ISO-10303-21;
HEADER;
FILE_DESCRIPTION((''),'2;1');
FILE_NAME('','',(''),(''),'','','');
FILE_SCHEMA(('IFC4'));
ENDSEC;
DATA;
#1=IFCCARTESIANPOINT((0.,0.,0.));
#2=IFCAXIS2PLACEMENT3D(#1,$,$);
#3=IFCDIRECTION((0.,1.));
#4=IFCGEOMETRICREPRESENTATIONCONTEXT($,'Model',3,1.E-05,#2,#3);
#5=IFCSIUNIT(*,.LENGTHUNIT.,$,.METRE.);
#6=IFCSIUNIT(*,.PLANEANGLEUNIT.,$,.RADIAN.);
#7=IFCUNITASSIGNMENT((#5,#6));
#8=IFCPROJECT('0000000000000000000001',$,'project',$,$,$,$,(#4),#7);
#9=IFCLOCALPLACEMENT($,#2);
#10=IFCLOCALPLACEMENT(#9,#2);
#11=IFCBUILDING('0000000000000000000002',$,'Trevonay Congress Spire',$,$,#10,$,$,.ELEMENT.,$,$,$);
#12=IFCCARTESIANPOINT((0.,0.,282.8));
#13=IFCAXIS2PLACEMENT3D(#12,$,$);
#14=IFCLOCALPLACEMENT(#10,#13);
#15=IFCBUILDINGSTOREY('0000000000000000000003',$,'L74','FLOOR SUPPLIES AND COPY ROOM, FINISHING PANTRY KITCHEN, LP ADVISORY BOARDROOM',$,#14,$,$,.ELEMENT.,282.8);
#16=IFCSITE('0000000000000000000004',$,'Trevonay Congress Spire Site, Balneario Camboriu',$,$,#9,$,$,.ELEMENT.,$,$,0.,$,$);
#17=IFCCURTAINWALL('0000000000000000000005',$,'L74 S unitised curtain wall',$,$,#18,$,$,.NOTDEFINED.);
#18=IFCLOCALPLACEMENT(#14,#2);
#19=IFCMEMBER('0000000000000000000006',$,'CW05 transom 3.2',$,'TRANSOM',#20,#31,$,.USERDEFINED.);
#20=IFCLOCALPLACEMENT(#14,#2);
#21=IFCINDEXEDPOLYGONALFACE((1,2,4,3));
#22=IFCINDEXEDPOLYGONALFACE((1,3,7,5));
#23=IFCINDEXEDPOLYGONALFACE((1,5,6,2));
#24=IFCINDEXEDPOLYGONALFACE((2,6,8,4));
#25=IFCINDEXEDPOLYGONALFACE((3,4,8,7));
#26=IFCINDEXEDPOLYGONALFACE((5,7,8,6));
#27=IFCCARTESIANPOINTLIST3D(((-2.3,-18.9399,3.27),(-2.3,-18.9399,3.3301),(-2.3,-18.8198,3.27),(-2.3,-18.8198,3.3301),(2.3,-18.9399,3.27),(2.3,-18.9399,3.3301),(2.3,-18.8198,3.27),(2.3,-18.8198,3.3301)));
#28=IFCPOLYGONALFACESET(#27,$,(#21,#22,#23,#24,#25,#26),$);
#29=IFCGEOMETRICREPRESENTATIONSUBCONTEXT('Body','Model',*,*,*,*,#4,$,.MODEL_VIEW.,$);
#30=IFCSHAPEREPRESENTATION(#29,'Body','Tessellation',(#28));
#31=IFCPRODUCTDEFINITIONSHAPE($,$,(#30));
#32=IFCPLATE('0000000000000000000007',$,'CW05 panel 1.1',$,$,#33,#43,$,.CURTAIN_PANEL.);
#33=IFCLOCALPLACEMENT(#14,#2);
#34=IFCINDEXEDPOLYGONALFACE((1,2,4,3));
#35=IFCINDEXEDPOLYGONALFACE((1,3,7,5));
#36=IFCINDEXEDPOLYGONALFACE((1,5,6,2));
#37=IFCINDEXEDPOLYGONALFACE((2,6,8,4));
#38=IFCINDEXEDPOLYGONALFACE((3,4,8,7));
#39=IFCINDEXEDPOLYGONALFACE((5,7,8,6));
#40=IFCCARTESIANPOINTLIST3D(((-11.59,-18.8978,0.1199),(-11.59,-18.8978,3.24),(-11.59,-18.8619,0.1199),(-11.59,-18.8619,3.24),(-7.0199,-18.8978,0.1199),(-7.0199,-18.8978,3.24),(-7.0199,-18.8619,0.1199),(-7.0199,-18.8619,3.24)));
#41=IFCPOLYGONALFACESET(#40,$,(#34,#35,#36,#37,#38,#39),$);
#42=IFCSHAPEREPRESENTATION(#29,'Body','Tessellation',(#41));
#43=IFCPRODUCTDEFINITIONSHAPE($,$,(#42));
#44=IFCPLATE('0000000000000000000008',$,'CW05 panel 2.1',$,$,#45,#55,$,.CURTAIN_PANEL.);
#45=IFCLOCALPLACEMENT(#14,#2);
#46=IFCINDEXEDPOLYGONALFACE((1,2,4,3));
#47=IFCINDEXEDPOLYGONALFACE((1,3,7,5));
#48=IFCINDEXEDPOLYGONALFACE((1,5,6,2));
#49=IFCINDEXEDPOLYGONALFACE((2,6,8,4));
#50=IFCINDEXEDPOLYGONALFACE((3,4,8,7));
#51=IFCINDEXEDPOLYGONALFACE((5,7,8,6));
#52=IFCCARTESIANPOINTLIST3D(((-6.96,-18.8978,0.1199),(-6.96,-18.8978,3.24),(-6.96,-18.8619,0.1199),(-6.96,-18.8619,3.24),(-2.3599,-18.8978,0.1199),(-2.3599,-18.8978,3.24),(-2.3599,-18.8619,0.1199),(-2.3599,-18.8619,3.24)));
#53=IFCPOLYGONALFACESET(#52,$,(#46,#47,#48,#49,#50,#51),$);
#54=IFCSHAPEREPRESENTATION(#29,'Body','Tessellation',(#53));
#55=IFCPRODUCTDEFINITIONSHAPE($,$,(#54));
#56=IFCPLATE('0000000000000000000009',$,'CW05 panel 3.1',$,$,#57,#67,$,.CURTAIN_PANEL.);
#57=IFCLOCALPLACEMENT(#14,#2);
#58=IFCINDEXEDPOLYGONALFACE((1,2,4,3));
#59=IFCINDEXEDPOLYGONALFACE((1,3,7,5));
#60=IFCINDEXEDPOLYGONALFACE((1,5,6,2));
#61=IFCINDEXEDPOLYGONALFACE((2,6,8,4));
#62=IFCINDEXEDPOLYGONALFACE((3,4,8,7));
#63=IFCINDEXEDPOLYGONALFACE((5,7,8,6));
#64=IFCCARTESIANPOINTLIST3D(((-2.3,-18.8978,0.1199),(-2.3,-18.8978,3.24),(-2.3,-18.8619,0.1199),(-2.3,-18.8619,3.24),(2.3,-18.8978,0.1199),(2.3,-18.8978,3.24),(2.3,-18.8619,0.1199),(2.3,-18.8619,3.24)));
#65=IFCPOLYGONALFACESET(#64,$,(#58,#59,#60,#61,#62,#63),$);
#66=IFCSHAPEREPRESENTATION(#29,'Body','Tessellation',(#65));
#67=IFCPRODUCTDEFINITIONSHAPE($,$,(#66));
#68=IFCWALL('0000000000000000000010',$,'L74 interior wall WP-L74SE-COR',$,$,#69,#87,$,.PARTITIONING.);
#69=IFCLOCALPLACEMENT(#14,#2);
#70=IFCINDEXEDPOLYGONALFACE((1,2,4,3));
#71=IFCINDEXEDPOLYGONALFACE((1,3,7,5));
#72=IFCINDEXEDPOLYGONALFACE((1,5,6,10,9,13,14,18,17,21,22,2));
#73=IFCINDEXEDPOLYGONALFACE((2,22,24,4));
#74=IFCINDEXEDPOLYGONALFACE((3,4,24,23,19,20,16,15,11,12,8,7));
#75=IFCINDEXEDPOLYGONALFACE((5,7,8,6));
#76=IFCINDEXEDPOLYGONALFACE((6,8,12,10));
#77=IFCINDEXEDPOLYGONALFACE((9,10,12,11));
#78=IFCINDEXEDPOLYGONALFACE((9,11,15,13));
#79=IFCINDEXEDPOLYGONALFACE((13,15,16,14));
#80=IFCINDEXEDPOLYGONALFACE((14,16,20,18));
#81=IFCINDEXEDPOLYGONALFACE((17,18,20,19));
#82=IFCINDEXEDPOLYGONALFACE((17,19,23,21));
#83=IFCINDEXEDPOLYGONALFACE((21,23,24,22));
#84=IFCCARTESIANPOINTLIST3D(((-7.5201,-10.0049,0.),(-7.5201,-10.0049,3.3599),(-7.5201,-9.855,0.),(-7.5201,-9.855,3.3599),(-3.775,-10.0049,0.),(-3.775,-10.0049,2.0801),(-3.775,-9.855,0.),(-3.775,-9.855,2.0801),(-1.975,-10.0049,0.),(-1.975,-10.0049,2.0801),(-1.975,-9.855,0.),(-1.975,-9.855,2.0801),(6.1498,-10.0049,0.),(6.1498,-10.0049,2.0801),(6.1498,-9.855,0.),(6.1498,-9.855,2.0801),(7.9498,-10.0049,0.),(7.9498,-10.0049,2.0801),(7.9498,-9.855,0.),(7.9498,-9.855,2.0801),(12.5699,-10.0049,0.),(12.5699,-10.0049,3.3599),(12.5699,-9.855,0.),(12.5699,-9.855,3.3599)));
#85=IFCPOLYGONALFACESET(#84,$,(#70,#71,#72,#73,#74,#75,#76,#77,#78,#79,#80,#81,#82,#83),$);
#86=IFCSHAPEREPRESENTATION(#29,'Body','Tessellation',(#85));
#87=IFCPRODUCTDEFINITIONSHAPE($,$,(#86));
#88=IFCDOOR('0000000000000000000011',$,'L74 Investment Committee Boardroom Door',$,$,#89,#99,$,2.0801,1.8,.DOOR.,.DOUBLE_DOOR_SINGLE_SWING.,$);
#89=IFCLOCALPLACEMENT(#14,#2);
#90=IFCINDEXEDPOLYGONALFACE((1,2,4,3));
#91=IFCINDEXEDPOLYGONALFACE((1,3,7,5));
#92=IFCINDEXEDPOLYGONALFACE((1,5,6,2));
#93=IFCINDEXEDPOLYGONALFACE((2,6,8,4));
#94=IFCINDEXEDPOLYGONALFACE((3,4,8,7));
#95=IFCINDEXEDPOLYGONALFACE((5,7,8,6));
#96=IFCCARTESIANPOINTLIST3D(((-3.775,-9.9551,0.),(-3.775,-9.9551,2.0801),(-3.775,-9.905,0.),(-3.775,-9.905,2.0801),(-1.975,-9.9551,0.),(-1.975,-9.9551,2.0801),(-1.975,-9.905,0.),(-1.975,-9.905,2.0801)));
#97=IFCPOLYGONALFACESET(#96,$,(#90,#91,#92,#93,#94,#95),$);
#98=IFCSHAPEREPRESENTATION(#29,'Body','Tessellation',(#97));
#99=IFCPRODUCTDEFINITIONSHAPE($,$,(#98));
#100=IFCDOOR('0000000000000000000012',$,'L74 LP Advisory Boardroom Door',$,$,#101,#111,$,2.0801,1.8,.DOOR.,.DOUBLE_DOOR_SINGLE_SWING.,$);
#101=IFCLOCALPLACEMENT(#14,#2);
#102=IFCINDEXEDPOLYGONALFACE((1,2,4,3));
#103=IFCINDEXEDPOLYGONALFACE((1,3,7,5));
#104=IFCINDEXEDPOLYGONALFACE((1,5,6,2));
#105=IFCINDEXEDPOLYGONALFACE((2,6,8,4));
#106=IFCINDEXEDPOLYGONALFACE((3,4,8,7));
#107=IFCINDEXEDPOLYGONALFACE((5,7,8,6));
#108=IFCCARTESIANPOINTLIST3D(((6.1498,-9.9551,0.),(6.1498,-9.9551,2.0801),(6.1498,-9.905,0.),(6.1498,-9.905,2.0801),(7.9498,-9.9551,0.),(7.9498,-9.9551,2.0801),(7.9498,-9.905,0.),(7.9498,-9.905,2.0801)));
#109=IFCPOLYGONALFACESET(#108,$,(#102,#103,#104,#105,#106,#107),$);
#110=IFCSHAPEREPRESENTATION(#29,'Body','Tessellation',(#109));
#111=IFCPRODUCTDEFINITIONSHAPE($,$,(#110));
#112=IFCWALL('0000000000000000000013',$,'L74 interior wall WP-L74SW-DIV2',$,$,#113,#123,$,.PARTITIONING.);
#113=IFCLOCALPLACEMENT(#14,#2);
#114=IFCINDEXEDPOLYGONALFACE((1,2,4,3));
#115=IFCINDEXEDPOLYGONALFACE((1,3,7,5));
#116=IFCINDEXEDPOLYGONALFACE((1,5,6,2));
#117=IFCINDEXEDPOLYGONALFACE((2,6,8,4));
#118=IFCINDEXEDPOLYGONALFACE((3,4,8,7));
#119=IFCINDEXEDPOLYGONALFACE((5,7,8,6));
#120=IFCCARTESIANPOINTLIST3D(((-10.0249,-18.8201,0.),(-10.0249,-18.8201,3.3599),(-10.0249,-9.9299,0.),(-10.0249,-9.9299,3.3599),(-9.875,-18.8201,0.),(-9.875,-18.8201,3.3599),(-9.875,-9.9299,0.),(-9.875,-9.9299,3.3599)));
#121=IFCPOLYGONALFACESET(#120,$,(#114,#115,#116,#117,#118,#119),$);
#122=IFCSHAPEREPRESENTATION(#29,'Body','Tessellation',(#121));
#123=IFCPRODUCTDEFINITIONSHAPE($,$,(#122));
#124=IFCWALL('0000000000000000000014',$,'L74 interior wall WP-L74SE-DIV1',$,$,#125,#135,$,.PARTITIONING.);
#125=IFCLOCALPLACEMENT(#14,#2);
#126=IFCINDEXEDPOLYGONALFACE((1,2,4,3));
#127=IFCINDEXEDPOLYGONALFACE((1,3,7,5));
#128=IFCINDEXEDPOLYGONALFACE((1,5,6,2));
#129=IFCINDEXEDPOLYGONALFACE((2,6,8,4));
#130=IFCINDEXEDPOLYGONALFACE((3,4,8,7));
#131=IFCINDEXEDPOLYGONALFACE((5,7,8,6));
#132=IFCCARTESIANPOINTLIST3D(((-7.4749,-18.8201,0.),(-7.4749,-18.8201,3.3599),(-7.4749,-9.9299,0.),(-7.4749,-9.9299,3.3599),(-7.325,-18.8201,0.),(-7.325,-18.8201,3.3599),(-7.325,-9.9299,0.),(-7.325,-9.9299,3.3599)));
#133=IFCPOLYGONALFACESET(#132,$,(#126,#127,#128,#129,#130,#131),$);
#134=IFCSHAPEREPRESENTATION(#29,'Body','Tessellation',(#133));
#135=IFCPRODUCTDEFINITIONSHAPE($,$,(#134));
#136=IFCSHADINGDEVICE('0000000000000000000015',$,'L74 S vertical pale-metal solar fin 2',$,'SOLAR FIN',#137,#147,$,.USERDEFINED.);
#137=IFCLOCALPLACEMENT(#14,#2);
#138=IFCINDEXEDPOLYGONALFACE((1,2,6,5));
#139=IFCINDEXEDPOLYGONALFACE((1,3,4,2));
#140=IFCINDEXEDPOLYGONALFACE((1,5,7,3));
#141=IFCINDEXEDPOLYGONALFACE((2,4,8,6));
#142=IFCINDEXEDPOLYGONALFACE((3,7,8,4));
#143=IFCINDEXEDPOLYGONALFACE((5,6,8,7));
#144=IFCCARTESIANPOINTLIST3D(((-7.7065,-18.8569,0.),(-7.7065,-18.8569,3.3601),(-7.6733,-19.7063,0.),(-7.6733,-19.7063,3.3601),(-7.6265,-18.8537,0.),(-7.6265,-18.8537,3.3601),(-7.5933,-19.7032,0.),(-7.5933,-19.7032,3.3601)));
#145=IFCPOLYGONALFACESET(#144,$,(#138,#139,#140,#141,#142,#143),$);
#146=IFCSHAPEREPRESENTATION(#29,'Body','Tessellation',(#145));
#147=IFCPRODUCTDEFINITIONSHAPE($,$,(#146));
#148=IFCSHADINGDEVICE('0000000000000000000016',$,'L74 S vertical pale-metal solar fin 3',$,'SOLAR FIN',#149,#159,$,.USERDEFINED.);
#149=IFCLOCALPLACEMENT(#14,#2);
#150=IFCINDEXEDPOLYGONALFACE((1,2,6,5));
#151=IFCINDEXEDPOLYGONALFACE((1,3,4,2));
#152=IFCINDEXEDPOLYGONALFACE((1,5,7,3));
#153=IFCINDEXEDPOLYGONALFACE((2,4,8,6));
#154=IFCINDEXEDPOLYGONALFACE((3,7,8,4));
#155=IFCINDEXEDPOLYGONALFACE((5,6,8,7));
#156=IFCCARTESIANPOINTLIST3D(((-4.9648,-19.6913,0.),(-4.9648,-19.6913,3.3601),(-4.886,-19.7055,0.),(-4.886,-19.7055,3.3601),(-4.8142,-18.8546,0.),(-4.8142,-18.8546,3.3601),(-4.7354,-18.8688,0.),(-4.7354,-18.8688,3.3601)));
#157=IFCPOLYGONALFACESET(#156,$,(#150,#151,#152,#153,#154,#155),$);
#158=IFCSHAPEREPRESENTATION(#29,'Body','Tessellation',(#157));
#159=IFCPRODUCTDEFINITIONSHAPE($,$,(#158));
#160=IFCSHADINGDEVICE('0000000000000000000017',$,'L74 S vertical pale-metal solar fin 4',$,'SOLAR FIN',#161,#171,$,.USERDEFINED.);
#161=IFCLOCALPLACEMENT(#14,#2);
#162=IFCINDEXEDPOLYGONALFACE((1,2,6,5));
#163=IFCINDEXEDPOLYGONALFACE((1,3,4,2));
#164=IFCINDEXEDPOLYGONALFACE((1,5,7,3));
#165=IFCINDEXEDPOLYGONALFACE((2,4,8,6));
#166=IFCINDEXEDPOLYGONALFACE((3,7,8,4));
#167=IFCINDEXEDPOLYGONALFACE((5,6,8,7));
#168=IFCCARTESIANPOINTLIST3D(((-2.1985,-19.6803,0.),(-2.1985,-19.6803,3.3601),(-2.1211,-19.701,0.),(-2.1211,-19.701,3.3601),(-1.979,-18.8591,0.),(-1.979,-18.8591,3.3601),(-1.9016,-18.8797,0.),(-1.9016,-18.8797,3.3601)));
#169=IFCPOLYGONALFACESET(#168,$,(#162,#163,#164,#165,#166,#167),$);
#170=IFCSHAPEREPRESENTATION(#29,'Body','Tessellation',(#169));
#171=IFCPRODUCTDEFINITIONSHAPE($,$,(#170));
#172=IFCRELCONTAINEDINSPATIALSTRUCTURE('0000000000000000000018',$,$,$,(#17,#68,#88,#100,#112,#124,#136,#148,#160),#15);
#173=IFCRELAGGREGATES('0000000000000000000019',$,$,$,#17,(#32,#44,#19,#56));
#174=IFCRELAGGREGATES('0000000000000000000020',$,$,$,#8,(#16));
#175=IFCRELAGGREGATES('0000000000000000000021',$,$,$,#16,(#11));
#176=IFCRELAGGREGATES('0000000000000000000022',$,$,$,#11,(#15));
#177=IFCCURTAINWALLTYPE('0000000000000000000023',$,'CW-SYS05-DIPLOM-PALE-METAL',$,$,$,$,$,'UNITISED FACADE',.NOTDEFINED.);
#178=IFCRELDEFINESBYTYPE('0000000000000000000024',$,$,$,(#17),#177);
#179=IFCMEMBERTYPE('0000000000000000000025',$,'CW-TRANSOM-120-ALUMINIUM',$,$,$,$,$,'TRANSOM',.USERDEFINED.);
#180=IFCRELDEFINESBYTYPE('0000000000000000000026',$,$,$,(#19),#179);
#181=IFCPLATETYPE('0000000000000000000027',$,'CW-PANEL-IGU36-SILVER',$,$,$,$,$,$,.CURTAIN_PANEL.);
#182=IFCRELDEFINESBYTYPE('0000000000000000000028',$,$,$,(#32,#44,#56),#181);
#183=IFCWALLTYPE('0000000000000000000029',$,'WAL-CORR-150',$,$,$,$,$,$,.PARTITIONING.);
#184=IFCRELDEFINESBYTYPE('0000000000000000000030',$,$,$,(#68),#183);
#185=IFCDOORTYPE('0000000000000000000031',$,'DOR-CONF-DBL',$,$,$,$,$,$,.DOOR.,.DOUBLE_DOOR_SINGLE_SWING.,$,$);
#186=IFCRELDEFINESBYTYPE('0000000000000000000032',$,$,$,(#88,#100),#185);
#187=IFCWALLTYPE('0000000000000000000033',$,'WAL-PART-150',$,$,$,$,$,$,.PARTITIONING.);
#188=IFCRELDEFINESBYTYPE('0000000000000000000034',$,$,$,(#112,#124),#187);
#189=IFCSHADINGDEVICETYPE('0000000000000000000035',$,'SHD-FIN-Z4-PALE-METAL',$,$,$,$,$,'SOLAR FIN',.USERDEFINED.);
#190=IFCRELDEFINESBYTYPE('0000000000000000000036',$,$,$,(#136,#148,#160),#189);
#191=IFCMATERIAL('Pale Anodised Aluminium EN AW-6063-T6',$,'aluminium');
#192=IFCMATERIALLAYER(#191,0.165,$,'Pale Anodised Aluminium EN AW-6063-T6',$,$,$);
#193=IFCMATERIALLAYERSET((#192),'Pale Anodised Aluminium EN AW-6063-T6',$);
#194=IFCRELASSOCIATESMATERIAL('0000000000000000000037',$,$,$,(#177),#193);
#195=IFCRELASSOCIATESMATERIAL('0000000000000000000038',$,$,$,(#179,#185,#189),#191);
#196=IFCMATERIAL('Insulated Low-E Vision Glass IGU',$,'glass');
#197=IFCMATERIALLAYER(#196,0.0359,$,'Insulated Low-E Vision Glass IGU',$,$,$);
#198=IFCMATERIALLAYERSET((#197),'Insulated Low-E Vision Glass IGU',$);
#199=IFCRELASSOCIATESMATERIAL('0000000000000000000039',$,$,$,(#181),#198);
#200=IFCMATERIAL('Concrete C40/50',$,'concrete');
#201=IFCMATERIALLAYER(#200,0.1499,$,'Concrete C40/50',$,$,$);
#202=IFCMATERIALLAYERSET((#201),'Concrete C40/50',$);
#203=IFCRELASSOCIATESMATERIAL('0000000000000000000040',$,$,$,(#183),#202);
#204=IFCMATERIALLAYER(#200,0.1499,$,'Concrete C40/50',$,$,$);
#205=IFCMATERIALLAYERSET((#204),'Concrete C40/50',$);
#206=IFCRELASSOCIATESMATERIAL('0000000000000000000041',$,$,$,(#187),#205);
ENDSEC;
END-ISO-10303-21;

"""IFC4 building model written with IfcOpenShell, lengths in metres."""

from ifc_helpers import new_model, si_unit, direction, frame, frame_2d, origin, origin_2d, place, context, subcontext, project, spatial, rectangle, extrude, material, layer, layer_set, material_profile, profile_set, type_object, element, fill, aggregate, save


model = new_model("IFC4")

# Units and contexts
model_context = context("Model", 3, precision=1e-05, world=origin(), true_north=direction((0.0, 1.0)))
body_context = subcontext(model_context, "Body", "Model", "MODEL_VIEW")
ifc_project = project(units=[si_unit("LENGTHUNIT", "METRE"), si_unit("PLANEANGLEUNIT", "RADIAN")], contexts=[model_context])

# Site, building, storey
site_placement = place(None, origin())
site = spatial("IfcSite", under=ifc_project, at=site_placement, Name="Trevonay Congress Spire Site, Balneario Camboriu", CompositionType="ELEMENT", RefElevation=0.0)
building_placement = place(site_placement, origin())
building = spatial("IfcBuilding", under=site, at=building_placement, Name="Trevonay Congress Spire", CompositionType="ELEMENT")
storey_placement = place(building_placement, frame((0.0, 0.0, 282.8)))
storey = spatial("IfcBuildingStorey", under=building, at=storey_placement, Name="L74", Description="FLOOR SUPPLIES AND COPY ROOM, FINISHING PANTRY KITCHEN, LP ADVISORY BOARDROOM", CompositionType="ELEMENT", Elevation=282.8)

# Curtain wall, member, plates
ifc_material_1 = material(Name="Pale Anodised Aluminium EN AW-6063-T6", Category="aluminium")
ifc_layer_1 = layer(ifc_material_1, 0.165, Name="Pale Anodised Aluminium EN AW-6063-T6")
ifc_layer_set_1 = layer_set([ifc_layer_1], Name="Pale Anodised Aluminium EN AW-6063-T6")
curtain_wall_type = type_object("IfcCurtainWallType", Name="CW-SYS05-DIPLOM-PALE-METAL", ElementType="UNITISED FACADE", PredefinedType="NOTDEFINED", material=ifc_layer_set_1)
curtain_wall_placement = place(storey_placement, origin())
curtain_wall = element("IfcCurtainWall", 1, at=curtain_wall_placement, inside=storey, type_object=curtain_wall_type, Name="L74 S unitised curtain wall", PredefinedType="NOTDEFINED")
ifc_material_profile_1 = material_profile(ifc_material_1, rectangle(XDim=0.1201, YDim=0.0601, at=origin_2d()), Name="CW-TRANSOM-120-ALUMINIUM")
ifc_profile_set_1 = profile_set([ifc_material_profile_1], Name="Pale Anodised Aluminium EN AW-6063-T6")
member_type_1 = type_object("IfcMemberType", Name="CW-TRANSOM-120-ALUMINIUM", ElementType="TRANSOM", PredefinedType="USERDEFINED", material=ifc_profile_set_1)
member_1_placement = place(storey_placement, frame((-2.3, -18.8799, 3.3), z_axis=(1.0, 0.0, 0.0), x_axis=(0.0, 1.0, 0.0)))
member_1 = element("IfcMember", 2, at=member_1_placement, type_object=member_type_1, Name="CW05 transom 3.2", ObjectType="TRANSOM", PredefinedType="USERDEFINED", context=body_context, shape_type="SweptSolid", body=[
    extrude(rectangle(XDim=0.1201, YDim=0.0601, at=origin_2d()), origin(), (0.0, 0.0, 1.0), 4.6001),
])
ifc_material_2 = material(Name="Insulated Low-E Vision Glass IGU", Category="glass")
ifc_layer_2 = layer(ifc_material_2, 0.0359, Name="Insulated Low-E Vision Glass IGU")
ifc_layer_set_2 = layer_set([ifc_layer_2], Name="Insulated Low-E Vision Glass IGU")
plate_type = type_object("IfcPlateType", Name="CW-PANEL-IGU36-SILVER", PredefinedType="CURTAIN_PANEL", material=ifc_layer_set_2)
plate_1_placement = place(storey_placement, frame((-9.3049, -18.8799, 0.1199), z_axis=(0.0, 0.0, 1.0), x_axis=(1.0, 0.0, 0.0)))
plate_1 = element("IfcPlate", 3, at=plate_1_placement, type_object=plate_type, Name="CW05 panel 1.1", PredefinedType="CURTAIN_PANEL", context=body_context, shape_type="SweptSolid", body=[
    extrude(rectangle(XDim=4.5701, YDim=0.0359, at=origin_2d()), origin(), (0.0, 0.0, 1.0), 3.1201),
])
plate_2_placement = place(storey_placement, frame((-4.6599, -18.8799, 0.1199), z_axis=(0.0, 0.0, 1.0), x_axis=(1.0, 0.0, 0.0)))
plate_2 = element("IfcPlate", 4, at=plate_2_placement, type_object=plate_type, Name="CW05 panel 2.1", PredefinedType="CURTAIN_PANEL", context=body_context, shape_type="SweptSolid", body=[
    extrude(rectangle(XDim=4.6001, YDim=0.0359, at=origin_2d()), origin(), (0.0, 0.0, 1.0), 3.1201),
])
plate_3_placement = place(storey_placement, frame((0.0, -18.8799, 0.1199), z_axis=(0.0, 0.0, 1.0), x_axis=(1.0, 0.0, 0.0)))
plate_3 = element("IfcPlate", 5, at=plate_3_placement, type_object=plate_type, Name="CW05 panel 3.1", PredefinedType="CURTAIN_PANEL", context=body_context, shape_type="SweptSolid", body=[
    extrude(rectangle(XDim=4.6001, YDim=0.0359, at=origin_2d()), origin(), (0.0, 0.0, 1.0), 3.1201),
])
aggregate(curtain_wall, [plate_1, plate_2, member_1, plate_3])

# Wall, openings, doors
ifc_material_3 = material(Name="Concrete C40/50", Category="concrete")
ifc_layer_3 = layer(ifc_material_3, 0.1499, Name="Concrete C40/50")
ifc_layer_set_3 = layer_set([ifc_layer_3], Name="Concrete C40/50")
wall_type_1 = type_object("IfcWallType", Name="WAL-CORR-150", PredefinedType="PARTITIONING", material=ifc_layer_set_3)
wall_placement = place(storey_placement, frame((-7.52, -9.9299, 0.0), z_axis=(0.0, 0.0, 1.0), x_axis=(1.0, 0.0, 0.0)))
wall = element("IfcWall", 6, at=wall_placement, inside=storey, type_object=wall_type_1, Name="L74 interior wall WP-L74SE-COR", PredefinedType="PARTITIONING", context=body_context, shape_type="SweptSolid", body=[
    extrude(rectangle(XDim=20.0901, YDim=0.1499, at=frame_2d((10.0449, 0.0))), origin(), (0.0, 0.0, 1.0), 3.3599),
])
opening_1_placement = place(wall_placement, frame((3.7451, 0.0, 0.0)))
opening_1 = element("IfcOpeningElement", 7, at=opening_1_placement, cuts=wall, PredefinedType="OPENING", context=body_context, shape_type="SweptSolid", body=[
    extrude(rectangle(XDim=1.8, YDim=2.0801, at=frame_2d((0.8999, 1.04))), frame((0.0, 0.085, 0.0), z_axis=(0.0, -1.0, 0.0), x_axis=(1.0, 0.0, 0.0)), (0.0, 0.0, 1.0), 0.1699),
])
opening_2_placement = place(wall_placement, frame((13.6699, 0.0, 0.0)))
opening_2 = element("IfcOpeningElement", 8, at=opening_2_placement, cuts=wall, PredefinedType="OPENING", context=body_context, shape_type="SweptSolid", body=[
    extrude(rectangle(XDim=1.8, YDim=2.0801, at=frame_2d((0.8999, 1.04))), frame((0.0, 0.085, 0.0), z_axis=(0.0, -1.0, 0.0), x_axis=(1.0, 0.0, 0.0)), (0.0, 0.0, 1.0), 0.1699),
])
door_type = type_object("IfcDoorType", Name="DOR-CONF-DBL", OperationType="DOUBLE_DOOR_SINGLE_SWING", PredefinedType="DOOR", material=ifc_material_1)
door_1_placement = place(opening_1_placement, origin())
door_1 = element("IfcDoor", 9, at=door_1_placement, inside=storey, type_object=door_type, Name="L74 Investment Committee Boardroom Door", OperationType="DOUBLE_DOOR_SINGLE_SWING", OverallHeight=2.0801, OverallWidth=1.8, PredefinedType="DOOR", context=body_context, shape_type="SweptSolid", body=[
    extrude(rectangle(XDim=1.8, YDim=2.0801, at=frame_2d((0.8999, 1.04))), frame((0.0, 0.0249, 0.0), z_axis=(0.0, -1.0, 0.0), x_axis=(1.0, 0.0, 0.0)), (0.0, 0.0, 1.0), 0.05),
])
fill(opening_1, door_1)
door_2_placement = place(opening_2_placement, origin())
door_2 = element("IfcDoor", 10, at=door_2_placement, inside=storey, type_object=door_type, Name="L74 LP Advisory Boardroom Door", OperationType="DOUBLE_DOOR_SINGLE_SWING", OverallHeight=2.0801, OverallWidth=1.8, PredefinedType="DOOR", context=body_context, shape_type="SweptSolid", body=[
    extrude(rectangle(XDim=1.8, YDim=2.0801, at=frame_2d((0.8999, 1.04))), frame((0.0, 0.0249, 0.0), z_axis=(0.0, -1.0, 0.0), x_axis=(1.0, 0.0, 0.0)), (0.0, 0.0, 1.0), 0.05),
])
fill(opening_2, door_2)

# Walls
ifc_layer_4 = layer(ifc_material_3, 0.1499, Name="Concrete C40/50")
ifc_layer_set_4 = layer_set([ifc_layer_4], Name="Concrete C40/50")
wall_type_2 = type_object("IfcWallType", Name="WAL-PART-150", PredefinedType="PARTITIONING", material=ifc_layer_set_4)
for number, where, z_axis, x_axis, name in (
    (11, (-9.95, -18.8201, 0.0), (0.0, 0.0, 1.0), (0.0, 1.0, 0.0), "L74 interior wall WP-L74SW-DIV2"),
    (12, (-7.3999, -18.8201, 0.0), (0.0, 0.0, 1.0), (0.0, 1.0, 0.0), "L74 interior wall WP-L74SE-DIV1"),
):
    element("IfcWall", number, at=place(storey_placement, frame(where, z_axis=z_axis, x_axis=x_axis)), inside=storey, type_object=wall_type_2, Name=name, PredefinedType="PARTITIONING", context=body_context, shape_type="SweptSolid", body=[
        extrude(rectangle(XDim=8.8901, YDim=0.1499, at=frame_2d((4.4451, 0.0))), origin(), (0.0, 0.0, 1.0), 3.3599),
    ])

# Shading devices
shading_device_type = type_object("IfcShadingDeviceType", Name="SHD-FIN-Z4-PALE-METAL", ElementType="SOLAR FIN", PredefinedType="USERDEFINED", material=ifc_material_1)
for number, where, z_axis, x_axis, name in (
    (13, (-7.6499, -19.28, 0.0), (0.0, 0.0, 1.0), (0.999236, 0.039085, 0.0), "L74 S vertical pale-metal solar fin 2"),
    (14, (-4.8501, -19.28, 0.0), (0.0, 0.0, 1.0), (0.984196, -0.177085, 0.0), "L74 S vertical pale-metal solar fin 3"),
    (15, (-2.05, -19.28, 0.0), (0.0, 0.0, 1.0), (0.966106, -0.258145, 0.0), "L74 S vertical pale-metal solar fin 4"),
):
    element("IfcShadingDevice", number, at=place(storey_placement, frame(where, z_axis=z_axis, x_axis=x_axis)), inside=storey, type_object=shading_device_type, Name=name, ObjectType="SOLAR FIN", PredefinedType="USERDEFINED", context=body_context, shape_type="SweptSolid", body=[
        extrude(rectangle(XDim=0.0801, YDim=0.8501, at=origin_2d()), origin(), (0.0, 0.0, 1.0), 3.3601),
    ])

save(model, "model.ifc")
